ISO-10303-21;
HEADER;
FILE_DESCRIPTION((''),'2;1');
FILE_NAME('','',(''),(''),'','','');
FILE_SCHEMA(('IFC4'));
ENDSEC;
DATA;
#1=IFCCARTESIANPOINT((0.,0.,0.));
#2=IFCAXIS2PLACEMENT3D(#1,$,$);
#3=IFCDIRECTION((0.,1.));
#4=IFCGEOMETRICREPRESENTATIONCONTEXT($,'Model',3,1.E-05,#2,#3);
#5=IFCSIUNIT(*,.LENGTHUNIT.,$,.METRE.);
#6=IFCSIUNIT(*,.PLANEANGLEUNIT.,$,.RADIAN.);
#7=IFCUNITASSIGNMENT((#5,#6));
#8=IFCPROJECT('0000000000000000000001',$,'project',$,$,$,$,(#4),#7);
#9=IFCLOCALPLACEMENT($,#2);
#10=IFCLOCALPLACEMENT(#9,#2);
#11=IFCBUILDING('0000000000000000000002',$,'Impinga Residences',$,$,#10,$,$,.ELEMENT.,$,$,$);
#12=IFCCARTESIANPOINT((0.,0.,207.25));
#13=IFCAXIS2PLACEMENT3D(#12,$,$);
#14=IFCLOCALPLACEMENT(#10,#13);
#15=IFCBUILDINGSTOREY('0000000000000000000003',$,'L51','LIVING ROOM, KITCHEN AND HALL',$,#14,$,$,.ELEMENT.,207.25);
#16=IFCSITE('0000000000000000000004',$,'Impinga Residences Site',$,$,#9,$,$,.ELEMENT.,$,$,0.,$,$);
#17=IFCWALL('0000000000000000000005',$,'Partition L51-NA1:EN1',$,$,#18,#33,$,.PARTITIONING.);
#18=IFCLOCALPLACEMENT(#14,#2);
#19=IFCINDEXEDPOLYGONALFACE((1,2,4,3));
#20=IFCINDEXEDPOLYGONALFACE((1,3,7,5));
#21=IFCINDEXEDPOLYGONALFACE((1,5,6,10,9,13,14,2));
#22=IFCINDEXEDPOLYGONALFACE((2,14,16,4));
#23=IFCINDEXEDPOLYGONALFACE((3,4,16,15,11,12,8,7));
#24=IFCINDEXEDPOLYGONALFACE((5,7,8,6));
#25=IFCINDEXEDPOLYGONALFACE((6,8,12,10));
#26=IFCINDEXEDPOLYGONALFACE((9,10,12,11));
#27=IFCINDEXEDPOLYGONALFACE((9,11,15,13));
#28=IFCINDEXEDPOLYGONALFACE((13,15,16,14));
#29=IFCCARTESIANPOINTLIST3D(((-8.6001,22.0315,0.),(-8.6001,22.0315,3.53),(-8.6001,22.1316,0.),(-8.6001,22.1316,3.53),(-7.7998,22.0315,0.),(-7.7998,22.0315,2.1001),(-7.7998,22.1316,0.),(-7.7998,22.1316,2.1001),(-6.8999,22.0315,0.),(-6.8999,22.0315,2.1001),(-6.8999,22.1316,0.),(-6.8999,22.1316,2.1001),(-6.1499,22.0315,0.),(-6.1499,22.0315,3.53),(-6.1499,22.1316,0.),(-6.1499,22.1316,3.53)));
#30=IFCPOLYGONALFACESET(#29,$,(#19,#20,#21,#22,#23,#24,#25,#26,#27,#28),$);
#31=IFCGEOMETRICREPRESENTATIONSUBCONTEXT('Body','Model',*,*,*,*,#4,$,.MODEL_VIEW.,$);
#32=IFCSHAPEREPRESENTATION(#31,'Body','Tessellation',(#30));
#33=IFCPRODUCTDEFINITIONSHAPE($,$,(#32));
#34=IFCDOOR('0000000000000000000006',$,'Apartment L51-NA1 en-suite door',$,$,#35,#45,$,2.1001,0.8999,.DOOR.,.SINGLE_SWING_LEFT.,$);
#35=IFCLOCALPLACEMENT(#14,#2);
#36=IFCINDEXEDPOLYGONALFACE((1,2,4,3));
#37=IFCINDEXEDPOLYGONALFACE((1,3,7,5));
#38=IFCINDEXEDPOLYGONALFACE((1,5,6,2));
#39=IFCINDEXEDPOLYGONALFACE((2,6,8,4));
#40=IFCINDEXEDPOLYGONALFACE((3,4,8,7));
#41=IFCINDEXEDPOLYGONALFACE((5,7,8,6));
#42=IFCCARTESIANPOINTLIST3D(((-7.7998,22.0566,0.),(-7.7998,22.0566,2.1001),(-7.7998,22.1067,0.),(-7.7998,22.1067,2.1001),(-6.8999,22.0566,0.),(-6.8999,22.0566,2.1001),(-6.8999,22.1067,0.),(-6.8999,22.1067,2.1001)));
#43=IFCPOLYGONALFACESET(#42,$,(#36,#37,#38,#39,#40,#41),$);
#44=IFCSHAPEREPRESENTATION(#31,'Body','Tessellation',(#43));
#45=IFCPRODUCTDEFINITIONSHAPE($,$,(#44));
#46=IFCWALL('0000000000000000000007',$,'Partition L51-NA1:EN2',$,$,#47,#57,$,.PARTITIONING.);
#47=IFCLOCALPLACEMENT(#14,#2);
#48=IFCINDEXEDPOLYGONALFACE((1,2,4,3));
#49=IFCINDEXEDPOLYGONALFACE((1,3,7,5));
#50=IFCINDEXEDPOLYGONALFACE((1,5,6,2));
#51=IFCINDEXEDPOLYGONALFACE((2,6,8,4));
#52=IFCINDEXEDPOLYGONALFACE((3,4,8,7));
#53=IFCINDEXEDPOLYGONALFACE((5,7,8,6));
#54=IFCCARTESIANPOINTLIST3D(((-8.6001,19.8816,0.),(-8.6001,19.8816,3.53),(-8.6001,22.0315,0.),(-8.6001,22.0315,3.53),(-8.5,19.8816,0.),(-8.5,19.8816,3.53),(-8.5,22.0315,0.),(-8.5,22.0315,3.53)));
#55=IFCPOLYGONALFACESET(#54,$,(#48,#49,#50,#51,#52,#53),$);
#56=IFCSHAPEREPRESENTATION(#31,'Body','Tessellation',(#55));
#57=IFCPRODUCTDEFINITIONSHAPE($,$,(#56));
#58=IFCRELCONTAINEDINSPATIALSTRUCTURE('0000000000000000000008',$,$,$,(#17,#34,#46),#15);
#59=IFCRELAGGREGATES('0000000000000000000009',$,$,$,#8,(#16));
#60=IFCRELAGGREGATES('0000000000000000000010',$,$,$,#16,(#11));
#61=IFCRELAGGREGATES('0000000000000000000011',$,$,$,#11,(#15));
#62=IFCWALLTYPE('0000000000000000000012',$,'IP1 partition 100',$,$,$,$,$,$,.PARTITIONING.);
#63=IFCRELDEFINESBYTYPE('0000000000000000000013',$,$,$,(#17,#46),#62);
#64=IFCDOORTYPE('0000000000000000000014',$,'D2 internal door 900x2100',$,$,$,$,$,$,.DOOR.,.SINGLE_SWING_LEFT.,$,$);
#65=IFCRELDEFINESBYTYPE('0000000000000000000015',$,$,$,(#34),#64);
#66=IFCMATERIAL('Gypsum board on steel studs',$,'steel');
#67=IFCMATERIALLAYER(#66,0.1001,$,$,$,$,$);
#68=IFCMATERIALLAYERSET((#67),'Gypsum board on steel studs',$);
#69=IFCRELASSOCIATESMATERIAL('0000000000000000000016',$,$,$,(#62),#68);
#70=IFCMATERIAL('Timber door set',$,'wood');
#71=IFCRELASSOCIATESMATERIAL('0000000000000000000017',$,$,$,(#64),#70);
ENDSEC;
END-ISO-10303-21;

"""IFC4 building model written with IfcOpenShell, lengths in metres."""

from ifc_helpers import new_model, si_unit, direction, frame, frame_2d, origin, place, context, subcontext, project, spatial, rectangle, extrude, material, layer, layer_set, type_object, element, fill, save


model = new_model("IFC4")

# Units and contexts
model_context = context("Model", 3, precision=1e-05, world=origin(), true_north=direction((0.0, 1.0)))
body_context = subcontext(model_context, "Body", "Model", "MODEL_VIEW")
ifc_project = project(units=[si_unit("LENGTHUNIT", "METRE"), si_unit("PLANEANGLEUNIT", "RADIAN")], contexts=[model_context])

# Site, building, storey
site_placement = place(None, origin())
site = spatial("IfcSite", under=ifc_project, at=site_placement, Name="Impinga Residences Site", CompositionType="ELEMENT", RefElevation=0.0)
building_placement = place(site_placement, origin())
building = spatial("IfcBuilding", under=site, at=building_placement, Name="Impinga Residences", CompositionType="ELEMENT")
storey_placement = place(building_placement, frame((0.0, 0.0, 207.25)))
storey = spatial("IfcBuildingStorey", under=building, at=storey_placement, Name="L51", Description="LIVING ROOM, KITCHEN AND HALL", CompositionType="ELEMENT", Elevation=207.25)

# Shared definitions
ifc_material_1 = material(Name="Timber door set", Category="wood")

# Shared definitions
ifc_material_2 = material(Name="Gypsum board on steel studs", Category="steel")
ifc_layer_1 = layer(ifc_material_2, 0.1001)
ifc_layer_set_1 = layer_set([ifc_layer_1], Name="Gypsum board on steel studs")
wall_type_1 = type_object("IfcWallType", Name="IP1 partition 100", PredefinedType="PARTITIONING", material=ifc_layer_set_1)

# Wall, opening, door
wall_1_placement = place(storey_placement, frame((-6.1499, 22.0815, 0.0), z_axis=(0.0, 0.0, 1.0), x_axis=(-1.0, 0.0, 0.0)))
wall_1 = element("IfcWall", 1, at=wall_1_placement, inside=storey, type_object=wall_type_1, Name="Partition L51-NA1:EN1", PredefinedType="PARTITIONING", context=body_context, shape_type="SweptSolid", body=[
    extrude(rectangle(XDim=2.4502, YDim=0.1001, at=frame_2d((1.2251, 0.0))), origin(), (0.0, 0.0, 1.0), 3.53),
])
opening_1_placement = place(wall_1_placement, frame((0.75, 0.0, 0.0)))
opening_1 = element("IfcOpeningElement", 2, at=opening_1_placement, cuts=wall_1, PredefinedType="OPENING", context=body_context, shape_type="SweptSolid", body=[
    extrude(rectangle(XDim=0.8999, YDim=2.1001, at=frame_2d((0.45, 1.05))), frame((0.0, 0.0601, 0.0), z_axis=(0.0, -1.0, 0.0), x_axis=(1.0, 0.0, 0.0)), (0.0, 0.0, 1.0), 0.1201),
])
door_type_1 = type_object("IfcDoorType", Name="D2 internal door 900x2100", OperationType="SINGLE_SWING_LEFT", PredefinedType="DOOR", material=ifc_material_1)
door_1_placement = place(opening_1_placement, origin())
door_1 = element("IfcDoor", 3, at=door_1_placement, inside=storey, type_object=door_type_1, Name="Apartment L51-NA1 en-suite door", OperationType="SINGLE_SWING_LEFT", OverallHeight=2.1001, OverallWidth=0.8999, PredefinedType="DOOR", context=body_context, shape_type="SweptSolid", body=[
    extrude(rectangle(XDim=0.8999, YDim=2.1001, at=frame_2d((0.45, 1.05))), frame((0.0, 0.0249, 0.0), z_axis=(0.0, -1.0, 0.0), x_axis=(1.0, 0.0, 0.0)), (0.0, 0.0, 1.0), 0.05),
])
fill(opening_1, door_1)

# Wall
wall_2_placement = place(storey_placement, frame((-8.55, 19.8816, 0.0), z_axis=(0.0, 0.0, 1.0), x_axis=(0.0, 1.0, 0.0)))
element("IfcWall", 4, at=wall_2_placement, inside=storey, type_object=wall_type_1, Name="Partition L51-NA1:EN2", PredefinedType="PARTITIONING", context=body_context, shape_type="SweptSolid", body=[
    extrude(rectangle(XDim=2.1499, YDim=0.1001, at=frame_2d((1.075, 0.0))), origin(), (0.0, 0.0, 1.0), 3.53),
])

save(model, "model.ifc")
